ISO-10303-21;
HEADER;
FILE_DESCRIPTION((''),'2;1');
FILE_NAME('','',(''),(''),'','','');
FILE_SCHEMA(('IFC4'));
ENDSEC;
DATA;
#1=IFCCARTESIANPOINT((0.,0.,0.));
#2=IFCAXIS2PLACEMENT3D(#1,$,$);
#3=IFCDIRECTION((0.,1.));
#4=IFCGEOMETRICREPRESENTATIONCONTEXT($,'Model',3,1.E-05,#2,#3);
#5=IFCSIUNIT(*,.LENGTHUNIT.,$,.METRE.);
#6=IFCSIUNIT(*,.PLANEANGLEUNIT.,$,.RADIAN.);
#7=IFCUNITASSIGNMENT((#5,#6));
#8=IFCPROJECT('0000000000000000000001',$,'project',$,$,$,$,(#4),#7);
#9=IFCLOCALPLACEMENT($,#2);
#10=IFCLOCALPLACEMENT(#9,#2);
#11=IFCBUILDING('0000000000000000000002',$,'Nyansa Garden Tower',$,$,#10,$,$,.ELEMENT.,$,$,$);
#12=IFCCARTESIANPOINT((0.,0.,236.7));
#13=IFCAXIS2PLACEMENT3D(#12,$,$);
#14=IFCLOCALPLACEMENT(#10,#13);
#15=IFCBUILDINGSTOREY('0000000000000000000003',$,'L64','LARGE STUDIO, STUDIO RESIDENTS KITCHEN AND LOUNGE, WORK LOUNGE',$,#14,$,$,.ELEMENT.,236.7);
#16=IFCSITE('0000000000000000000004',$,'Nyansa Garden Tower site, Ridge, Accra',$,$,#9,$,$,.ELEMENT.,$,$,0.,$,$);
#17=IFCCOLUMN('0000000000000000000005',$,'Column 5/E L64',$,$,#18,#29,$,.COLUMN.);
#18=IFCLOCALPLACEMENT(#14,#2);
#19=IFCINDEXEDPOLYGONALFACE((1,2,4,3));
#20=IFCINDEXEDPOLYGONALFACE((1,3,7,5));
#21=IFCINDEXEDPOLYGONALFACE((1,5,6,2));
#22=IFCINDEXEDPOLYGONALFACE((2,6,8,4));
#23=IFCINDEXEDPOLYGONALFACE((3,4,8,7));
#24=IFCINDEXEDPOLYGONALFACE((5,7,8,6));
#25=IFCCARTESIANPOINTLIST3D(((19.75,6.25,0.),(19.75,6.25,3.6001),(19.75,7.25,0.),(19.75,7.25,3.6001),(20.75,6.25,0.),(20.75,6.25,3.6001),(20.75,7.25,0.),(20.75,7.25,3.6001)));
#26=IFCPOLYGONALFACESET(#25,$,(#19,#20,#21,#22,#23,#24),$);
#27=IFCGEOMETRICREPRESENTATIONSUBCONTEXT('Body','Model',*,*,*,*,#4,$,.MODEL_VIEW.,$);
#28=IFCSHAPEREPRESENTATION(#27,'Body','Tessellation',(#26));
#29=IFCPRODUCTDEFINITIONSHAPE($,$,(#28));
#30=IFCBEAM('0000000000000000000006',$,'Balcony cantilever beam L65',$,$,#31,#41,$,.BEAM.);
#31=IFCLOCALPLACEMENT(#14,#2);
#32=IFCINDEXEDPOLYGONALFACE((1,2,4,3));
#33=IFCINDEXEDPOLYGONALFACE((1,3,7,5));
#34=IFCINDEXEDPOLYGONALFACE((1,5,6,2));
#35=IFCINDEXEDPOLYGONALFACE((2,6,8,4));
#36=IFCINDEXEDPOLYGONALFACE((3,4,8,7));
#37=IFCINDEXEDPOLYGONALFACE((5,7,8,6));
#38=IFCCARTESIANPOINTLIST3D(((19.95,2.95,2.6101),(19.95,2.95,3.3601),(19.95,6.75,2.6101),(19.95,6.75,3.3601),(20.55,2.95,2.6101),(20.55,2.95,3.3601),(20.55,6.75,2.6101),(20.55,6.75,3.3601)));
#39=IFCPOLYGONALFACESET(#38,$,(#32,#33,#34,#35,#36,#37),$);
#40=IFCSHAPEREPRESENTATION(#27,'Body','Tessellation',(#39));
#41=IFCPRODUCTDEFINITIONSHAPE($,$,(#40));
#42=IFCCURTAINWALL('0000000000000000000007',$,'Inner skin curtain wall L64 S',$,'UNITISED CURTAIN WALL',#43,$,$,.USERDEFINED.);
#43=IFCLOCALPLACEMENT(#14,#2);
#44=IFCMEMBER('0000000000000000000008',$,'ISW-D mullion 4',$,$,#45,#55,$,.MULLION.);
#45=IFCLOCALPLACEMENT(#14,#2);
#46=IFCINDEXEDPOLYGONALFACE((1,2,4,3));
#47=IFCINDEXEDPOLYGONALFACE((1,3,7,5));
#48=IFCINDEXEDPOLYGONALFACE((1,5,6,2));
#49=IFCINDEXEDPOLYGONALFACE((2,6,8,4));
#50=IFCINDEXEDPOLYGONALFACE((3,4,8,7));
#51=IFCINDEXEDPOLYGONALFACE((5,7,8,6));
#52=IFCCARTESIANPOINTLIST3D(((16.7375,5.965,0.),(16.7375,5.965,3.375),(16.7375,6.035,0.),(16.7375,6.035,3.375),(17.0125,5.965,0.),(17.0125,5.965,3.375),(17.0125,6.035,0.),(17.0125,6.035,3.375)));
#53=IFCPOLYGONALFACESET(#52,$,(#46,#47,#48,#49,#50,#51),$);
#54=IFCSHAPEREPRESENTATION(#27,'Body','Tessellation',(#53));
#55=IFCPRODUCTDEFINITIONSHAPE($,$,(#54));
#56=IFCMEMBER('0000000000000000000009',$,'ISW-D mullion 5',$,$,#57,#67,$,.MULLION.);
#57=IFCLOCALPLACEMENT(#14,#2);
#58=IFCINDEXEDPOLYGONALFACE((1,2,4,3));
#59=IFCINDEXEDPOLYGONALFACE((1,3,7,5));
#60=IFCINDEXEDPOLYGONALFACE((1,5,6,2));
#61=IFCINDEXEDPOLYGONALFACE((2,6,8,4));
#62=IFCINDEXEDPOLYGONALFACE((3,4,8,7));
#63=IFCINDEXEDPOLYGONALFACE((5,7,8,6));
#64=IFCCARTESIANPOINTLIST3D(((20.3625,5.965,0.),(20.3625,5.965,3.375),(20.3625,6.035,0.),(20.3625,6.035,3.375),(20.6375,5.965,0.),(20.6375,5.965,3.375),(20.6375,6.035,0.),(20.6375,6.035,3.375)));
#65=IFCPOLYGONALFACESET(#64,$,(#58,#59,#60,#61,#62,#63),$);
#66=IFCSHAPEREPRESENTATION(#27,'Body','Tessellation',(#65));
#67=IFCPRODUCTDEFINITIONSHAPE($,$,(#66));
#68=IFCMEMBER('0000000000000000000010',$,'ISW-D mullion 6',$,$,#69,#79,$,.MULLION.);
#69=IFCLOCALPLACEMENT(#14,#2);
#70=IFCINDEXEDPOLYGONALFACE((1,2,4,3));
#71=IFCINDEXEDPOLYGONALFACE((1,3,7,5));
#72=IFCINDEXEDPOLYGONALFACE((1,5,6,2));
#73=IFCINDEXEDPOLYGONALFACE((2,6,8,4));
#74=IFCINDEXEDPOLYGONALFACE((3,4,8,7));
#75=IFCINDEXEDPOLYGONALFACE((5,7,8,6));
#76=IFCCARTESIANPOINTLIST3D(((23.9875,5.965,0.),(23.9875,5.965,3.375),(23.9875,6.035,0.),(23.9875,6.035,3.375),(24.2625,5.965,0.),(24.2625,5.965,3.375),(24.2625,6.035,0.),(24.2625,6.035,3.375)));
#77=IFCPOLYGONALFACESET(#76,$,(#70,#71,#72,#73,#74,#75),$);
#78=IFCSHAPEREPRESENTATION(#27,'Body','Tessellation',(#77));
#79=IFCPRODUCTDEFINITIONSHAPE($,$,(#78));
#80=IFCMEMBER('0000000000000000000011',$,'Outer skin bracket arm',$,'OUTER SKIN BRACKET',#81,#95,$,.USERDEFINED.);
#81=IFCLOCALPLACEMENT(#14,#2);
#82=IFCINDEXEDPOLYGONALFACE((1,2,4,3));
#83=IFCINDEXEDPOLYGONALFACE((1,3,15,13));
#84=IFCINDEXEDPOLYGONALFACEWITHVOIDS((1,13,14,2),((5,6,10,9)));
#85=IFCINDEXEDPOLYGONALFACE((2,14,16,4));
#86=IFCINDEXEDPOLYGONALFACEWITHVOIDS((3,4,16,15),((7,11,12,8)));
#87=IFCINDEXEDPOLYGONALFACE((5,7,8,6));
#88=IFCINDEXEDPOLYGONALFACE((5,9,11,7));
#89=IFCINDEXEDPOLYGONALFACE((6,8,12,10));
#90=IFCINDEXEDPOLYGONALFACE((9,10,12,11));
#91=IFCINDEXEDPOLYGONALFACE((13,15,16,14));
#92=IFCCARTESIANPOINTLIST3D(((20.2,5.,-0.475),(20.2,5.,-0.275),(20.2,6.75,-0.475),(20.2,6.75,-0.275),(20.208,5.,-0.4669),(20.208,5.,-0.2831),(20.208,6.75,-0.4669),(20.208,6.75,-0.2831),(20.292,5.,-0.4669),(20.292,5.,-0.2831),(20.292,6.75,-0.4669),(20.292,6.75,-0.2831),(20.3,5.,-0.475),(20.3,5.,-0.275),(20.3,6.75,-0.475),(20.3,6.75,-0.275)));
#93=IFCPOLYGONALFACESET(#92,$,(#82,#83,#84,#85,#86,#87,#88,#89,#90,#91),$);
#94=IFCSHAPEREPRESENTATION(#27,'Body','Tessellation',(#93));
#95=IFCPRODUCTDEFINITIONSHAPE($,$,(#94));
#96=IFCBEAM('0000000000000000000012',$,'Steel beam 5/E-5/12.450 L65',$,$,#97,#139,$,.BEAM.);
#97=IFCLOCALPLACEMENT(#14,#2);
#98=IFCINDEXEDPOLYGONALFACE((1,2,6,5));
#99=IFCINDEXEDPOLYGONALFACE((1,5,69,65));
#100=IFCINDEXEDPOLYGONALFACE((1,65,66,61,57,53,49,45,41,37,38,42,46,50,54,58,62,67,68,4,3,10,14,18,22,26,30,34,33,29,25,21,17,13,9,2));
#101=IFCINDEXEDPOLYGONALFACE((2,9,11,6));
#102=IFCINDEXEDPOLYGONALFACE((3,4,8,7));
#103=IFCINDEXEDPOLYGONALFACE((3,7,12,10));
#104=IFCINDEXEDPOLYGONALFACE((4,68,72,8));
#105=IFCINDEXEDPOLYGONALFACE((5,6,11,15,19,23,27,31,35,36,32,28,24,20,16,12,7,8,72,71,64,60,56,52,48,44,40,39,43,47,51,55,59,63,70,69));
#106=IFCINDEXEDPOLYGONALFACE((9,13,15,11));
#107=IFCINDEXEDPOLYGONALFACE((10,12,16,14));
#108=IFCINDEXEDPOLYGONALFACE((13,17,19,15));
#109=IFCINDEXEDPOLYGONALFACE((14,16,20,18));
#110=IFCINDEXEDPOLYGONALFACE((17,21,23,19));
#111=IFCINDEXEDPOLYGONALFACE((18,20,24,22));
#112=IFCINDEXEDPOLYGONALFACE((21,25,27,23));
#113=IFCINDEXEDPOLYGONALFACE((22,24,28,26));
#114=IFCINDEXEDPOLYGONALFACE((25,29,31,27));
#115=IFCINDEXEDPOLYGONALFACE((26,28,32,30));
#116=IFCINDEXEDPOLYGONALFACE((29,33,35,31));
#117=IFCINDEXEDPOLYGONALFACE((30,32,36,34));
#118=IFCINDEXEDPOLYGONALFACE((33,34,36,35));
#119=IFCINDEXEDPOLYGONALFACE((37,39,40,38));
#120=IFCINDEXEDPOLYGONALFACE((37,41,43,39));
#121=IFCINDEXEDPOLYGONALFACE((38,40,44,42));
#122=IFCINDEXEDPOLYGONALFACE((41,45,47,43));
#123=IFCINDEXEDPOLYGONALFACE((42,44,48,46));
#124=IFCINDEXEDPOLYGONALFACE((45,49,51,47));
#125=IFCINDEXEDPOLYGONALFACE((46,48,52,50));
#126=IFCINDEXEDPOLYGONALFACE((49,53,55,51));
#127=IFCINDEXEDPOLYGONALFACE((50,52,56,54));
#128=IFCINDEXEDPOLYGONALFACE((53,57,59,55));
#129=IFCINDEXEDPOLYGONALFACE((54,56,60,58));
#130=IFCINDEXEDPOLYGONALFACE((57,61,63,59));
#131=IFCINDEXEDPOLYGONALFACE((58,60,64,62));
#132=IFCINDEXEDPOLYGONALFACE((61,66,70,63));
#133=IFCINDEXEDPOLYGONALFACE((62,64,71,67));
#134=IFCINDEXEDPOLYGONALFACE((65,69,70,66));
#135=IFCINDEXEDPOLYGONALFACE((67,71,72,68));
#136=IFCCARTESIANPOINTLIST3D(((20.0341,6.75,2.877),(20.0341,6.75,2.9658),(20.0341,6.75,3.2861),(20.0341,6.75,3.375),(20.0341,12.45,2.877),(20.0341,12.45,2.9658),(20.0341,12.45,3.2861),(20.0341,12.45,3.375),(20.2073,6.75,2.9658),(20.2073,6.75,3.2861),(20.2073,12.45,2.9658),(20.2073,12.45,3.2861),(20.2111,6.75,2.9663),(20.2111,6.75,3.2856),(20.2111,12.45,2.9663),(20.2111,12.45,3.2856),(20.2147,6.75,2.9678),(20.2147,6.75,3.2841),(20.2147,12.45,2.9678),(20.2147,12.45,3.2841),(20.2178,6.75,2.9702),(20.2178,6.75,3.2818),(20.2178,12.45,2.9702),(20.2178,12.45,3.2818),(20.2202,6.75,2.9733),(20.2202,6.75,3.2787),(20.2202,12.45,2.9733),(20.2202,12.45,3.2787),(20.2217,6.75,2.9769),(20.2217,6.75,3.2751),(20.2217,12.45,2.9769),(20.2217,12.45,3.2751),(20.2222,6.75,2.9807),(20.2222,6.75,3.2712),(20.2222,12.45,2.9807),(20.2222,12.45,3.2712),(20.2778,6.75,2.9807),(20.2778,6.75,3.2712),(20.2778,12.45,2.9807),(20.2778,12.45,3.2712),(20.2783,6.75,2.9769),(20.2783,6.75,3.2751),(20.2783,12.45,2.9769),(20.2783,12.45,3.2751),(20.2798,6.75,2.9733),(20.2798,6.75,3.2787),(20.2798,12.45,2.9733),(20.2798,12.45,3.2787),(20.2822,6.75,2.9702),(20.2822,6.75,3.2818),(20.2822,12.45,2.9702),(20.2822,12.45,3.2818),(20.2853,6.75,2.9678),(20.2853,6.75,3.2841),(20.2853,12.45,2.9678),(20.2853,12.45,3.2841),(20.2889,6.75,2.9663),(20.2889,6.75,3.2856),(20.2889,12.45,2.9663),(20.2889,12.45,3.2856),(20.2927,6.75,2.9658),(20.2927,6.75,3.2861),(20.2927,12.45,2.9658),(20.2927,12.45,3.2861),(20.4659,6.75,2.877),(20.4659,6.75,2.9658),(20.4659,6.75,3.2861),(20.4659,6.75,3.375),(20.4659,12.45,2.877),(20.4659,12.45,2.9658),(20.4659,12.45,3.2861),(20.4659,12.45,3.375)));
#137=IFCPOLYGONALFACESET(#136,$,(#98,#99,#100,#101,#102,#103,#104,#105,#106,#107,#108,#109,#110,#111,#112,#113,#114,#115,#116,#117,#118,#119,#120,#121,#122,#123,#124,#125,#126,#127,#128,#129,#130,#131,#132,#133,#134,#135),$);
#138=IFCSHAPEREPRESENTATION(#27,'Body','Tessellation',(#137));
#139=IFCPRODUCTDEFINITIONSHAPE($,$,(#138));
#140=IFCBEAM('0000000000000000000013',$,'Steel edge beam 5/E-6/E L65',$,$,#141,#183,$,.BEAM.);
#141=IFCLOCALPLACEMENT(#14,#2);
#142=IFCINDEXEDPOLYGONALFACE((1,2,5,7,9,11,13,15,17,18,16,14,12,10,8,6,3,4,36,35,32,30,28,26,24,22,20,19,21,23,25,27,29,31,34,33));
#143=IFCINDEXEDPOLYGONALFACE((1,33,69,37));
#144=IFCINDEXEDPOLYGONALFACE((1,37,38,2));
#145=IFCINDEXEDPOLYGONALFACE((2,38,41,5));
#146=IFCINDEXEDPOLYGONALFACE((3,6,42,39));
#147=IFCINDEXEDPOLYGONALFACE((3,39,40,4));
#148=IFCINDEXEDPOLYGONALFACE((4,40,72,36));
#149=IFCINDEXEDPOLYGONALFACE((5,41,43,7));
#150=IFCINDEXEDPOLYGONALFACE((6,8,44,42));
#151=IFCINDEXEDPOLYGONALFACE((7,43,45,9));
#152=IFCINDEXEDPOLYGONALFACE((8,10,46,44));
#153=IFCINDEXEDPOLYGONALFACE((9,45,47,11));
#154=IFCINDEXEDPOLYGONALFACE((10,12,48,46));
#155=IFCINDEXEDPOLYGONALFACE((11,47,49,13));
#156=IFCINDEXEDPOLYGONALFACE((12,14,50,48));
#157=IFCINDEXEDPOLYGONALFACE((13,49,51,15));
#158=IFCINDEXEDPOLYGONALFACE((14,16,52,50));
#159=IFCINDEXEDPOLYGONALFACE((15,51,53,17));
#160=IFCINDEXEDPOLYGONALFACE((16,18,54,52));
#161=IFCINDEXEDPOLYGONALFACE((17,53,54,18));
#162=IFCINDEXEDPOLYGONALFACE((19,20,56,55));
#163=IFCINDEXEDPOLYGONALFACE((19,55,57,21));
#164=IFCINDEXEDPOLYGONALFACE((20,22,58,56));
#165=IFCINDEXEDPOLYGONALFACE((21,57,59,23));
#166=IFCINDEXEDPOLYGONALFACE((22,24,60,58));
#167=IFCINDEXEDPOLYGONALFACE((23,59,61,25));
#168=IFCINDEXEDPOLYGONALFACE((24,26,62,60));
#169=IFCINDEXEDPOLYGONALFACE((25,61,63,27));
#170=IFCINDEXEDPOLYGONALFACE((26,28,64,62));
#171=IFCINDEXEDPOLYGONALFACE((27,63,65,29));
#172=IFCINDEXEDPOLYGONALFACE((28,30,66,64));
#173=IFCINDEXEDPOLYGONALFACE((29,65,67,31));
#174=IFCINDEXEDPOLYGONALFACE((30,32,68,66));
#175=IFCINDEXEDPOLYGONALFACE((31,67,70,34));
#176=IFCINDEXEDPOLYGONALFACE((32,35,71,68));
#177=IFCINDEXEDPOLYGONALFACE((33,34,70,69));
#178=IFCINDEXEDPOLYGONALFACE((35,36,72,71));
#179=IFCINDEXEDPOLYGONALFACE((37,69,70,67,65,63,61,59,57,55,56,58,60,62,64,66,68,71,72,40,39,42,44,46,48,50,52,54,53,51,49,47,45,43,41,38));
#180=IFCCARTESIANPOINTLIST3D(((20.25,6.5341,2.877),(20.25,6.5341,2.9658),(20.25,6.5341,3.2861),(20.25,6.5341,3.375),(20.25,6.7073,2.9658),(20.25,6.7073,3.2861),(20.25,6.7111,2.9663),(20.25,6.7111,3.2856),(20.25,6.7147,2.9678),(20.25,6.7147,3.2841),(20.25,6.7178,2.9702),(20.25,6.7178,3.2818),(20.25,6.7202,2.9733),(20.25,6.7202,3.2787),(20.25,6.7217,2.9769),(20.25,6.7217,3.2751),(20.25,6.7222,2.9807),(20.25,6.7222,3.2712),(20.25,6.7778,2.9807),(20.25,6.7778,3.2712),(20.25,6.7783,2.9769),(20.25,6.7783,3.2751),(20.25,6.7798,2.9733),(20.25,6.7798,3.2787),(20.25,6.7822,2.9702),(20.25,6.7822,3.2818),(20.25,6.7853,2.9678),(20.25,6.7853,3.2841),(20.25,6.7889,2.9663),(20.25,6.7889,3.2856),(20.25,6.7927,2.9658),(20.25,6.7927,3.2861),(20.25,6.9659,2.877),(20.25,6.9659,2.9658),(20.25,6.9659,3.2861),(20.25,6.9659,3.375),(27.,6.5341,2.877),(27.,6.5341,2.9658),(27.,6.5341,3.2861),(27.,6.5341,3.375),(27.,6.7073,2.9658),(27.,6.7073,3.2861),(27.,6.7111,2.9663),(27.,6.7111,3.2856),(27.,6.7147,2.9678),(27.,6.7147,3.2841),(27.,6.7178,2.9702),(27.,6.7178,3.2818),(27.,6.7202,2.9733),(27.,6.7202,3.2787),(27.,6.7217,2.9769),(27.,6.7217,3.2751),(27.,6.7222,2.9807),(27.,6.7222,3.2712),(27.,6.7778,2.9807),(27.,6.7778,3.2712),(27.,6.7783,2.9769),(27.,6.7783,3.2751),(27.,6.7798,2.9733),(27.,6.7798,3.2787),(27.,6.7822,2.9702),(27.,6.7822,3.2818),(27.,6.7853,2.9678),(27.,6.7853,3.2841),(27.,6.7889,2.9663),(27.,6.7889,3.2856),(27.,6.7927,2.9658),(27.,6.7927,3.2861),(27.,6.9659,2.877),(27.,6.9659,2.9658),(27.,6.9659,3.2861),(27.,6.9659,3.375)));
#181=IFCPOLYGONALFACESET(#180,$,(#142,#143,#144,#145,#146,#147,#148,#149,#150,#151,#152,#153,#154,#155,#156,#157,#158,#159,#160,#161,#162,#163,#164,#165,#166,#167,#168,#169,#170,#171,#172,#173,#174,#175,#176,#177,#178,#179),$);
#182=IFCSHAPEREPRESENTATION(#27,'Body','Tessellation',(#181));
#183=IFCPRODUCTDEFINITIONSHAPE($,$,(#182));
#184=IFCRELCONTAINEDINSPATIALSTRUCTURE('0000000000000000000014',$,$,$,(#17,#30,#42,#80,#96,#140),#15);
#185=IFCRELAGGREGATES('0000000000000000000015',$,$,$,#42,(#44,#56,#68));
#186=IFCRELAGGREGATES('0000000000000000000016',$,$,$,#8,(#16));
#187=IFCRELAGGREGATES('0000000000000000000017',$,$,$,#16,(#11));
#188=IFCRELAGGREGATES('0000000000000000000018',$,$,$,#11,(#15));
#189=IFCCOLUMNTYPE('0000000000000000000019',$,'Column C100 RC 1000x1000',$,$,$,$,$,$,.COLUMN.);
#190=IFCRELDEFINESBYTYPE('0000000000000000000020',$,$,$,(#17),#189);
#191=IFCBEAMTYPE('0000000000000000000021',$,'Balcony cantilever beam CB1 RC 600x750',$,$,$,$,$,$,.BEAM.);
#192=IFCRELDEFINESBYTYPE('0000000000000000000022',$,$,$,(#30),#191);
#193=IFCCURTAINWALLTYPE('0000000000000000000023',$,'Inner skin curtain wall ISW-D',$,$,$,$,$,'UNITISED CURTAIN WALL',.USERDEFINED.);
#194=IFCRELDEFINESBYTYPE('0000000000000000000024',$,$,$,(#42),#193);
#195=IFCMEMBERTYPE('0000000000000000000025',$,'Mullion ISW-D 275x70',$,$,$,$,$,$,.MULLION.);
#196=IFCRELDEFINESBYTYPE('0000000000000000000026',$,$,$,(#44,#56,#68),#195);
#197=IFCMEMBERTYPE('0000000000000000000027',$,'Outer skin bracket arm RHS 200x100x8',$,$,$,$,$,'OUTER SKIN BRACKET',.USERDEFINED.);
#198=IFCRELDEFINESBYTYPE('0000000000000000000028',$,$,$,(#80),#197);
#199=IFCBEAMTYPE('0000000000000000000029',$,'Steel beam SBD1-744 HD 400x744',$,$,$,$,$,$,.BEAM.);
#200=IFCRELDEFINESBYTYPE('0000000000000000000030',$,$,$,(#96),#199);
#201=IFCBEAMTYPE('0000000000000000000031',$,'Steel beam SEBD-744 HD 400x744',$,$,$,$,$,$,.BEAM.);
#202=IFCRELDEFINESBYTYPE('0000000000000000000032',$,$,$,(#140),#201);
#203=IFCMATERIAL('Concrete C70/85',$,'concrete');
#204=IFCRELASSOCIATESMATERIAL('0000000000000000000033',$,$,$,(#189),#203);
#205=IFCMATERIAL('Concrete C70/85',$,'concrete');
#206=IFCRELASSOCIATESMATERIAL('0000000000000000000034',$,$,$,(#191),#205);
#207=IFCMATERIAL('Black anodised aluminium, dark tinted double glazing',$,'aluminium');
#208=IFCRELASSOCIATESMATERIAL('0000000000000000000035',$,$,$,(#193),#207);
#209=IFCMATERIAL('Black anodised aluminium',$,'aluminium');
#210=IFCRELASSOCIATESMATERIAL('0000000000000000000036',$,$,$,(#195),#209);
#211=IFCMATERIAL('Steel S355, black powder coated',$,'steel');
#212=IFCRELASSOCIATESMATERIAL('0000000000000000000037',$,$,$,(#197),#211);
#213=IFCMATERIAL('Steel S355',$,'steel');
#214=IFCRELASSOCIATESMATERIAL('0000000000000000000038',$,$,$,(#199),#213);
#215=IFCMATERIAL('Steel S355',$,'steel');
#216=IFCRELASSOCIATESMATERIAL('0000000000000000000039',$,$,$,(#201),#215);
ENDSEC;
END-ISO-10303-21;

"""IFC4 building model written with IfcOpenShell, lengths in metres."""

from ifc_helpers import new_model, si_unit, direction, frame, origin, origin_2d, place, context, subcontext, project, spatial, rectangle, hollow_rectangle, i_section, extrude, material, material_profile, profile_set, type_object, element, aggregate, save


model = new_model("IFC4")

# Units and contexts
model_context = context("Model", 3, precision=1e-05, world=origin(), true_north=direction((0.0, 1.0)))
body_context = subcontext(model_context, "Body", "Model", "MODEL_VIEW")
ifc_project = project(units=[si_unit("LENGTHUNIT", "METRE"), si_unit("PLANEANGLEUNIT", "RADIAN")], contexts=[model_context])

# Site, building, storey
site_placement = place(None, origin())
site = spatial("IfcSite", under=ifc_project, at=site_placement, Name="Nyansa Garden Tower site, Ridge, Accra", CompositionType="ELEMENT", RefElevation=0.0)
building_placement = place(site_placement, origin())
building = spatial("IfcBuilding", under=site, at=building_placement, Name="Nyansa Garden Tower", CompositionType="ELEMENT")
storey_placement = place(building_placement, frame((0.0, 0.0, 236.7)))
storey = spatial("IfcBuildingStorey", under=building, at=storey_placement, Name="L64", Description="LARGE STUDIO, STUDIO RESIDENTS KITCHEN AND LOUNGE, WORK LOUNGE", CompositionType="ELEMENT", Elevation=236.7)

# Column
ifc_material_1 = material(Name="Concrete C70/85", Category="concrete")
ifc_material_profile_1 = material_profile(ifc_material_1, rectangle(XDim=1.0, YDim=1.0, at=origin_2d()), Name="RC 1000x1000")
ifc_profile_set_1 = profile_set([ifc_material_profile_1], Name="Concrete C70/85")
column_type = type_object("IfcColumnType", Name="Column C100 RC 1000x1000", PredefinedType="COLUMN", material=ifc_profile_set_1)
column_placement = place(storey_placement, frame((20.25, 6.75, 0.0), z_axis=(0.0, 0.0, 1.0), x_axis=(1.0, 0.0, 0.0)))
element("IfcColumn", 1, at=column_placement, inside=storey, type_object=column_type, Name="Column 5/E L64", PredefinedType="COLUMN", context=body_context, shape_type="SweptSolid", body=[
    extrude(rectangle(XDim=1.0, YDim=1.0, at=origin_2d()), origin(), (0.0, 0.0, 1.0), 3.6001),
])

# Beam
ifc_material_2 = material(Name="Concrete C70/85", Category="concrete")
ifc_material_profile_2 = material_profile(ifc_material_2, rectangle(XDim=0.6001, YDim=0.75, at=origin_2d()), Name="RC 600x750")
ifc_profile_set_2 = profile_set([ifc_material_profile_2], Name="Concrete C70/85")
beam_type_1 = type_object("IfcBeamType", Name="Balcony cantilever beam CB1 RC 600x750", PredefinedType="BEAM", material=ifc_profile_set_2)
beam_1_placement = place(storey_placement, frame((20.25, 6.75, 2.9851), z_axis=(0.0, -1.0, 0.0), x_axis=(1.0, 0.0, 0.0)))
element("IfcBeam", 2, at=beam_1_placement, inside=storey, type_object=beam_type_1, Name="Balcony cantilever beam L65", PredefinedType="BEAM", context=body_context, shape_type="SweptSolid", body=[
    extrude(rectangle(XDim=0.6001, YDim=0.75, at=origin_2d()), origin(), (0.0, 0.0, 1.0), 3.8),
])

# Curtain wall, members
ifc_material_3 = material(Name="Black anodised aluminium, dark tinted double glazing", Category="aluminium")
curtain_wall_type = type_object("IfcCurtainWallType", Name="Inner skin curtain wall ISW-D", ElementType="UNITISED CURTAIN WALL", PredefinedType="USERDEFINED", material=ifc_material_3)
curtain_wall_placement = place(storey_placement, origin())
curtain_wall = element("IfcCurtainWall", 3, at=curtain_wall_placement, inside=storey, type_object=curtain_wall_type, Name="Inner skin curtain wall L64 S", ObjectType="UNITISED CURTAIN WALL", PredefinedType="USERDEFINED")
ifc_material_4 = material(Name="Black anodised aluminium", Category="aluminium")
ifc_material_profile_3 = material_profile(ifc_material_4, rectangle(XDim=0.0701, YDim=0.2749, at=origin_2d()), Name="Mullion 275x70")
ifc_profile_set_3 = profile_set([ifc_material_profile_3], Name="Black anodised aluminium")
member_type_1 = type_object("IfcMemberType", Name="Mullion ISW-D 275x70", PredefinedType="MULLION", material=ifc_profile_set_3)
member_1_placement = place(storey_placement, frame((16.875, 6.0, 0.0), z_axis=(0.0, 0.0, 1.0), x_axis=(0.0, 1.0, 0.0)))
member_1 = element("IfcMember", 4, at=member_1_placement, type_object=member_type_1, Name="ISW-D mullion 4", PredefinedType="MULLION", context=body_context, shape_type="SweptSolid", body=[
    extrude(rectangle(XDim=0.0701, YDim=0.2749, at=origin_2d()), origin(), (0.0, 0.0, 1.0), 3.375),
])
member_2_placement = place(storey_placement, frame((20.5, 6.0, 0.0), z_axis=(0.0, 0.0, 1.0), x_axis=(0.0, 1.0, 0.0)))
member_2 = element("IfcMember", 5, at=member_2_placement, type_object=member_type_1, Name="ISW-D mullion 5", PredefinedType="MULLION", context=body_context, shape_type="SweptSolid", body=[
    extrude(rectangle(XDim=0.0701, YDim=0.2749, at=origin_2d()), origin(), (0.0, 0.0, 1.0), 3.375),
])
member_3_placement = place(storey_placement, frame((24.125, 6.0, 0.0), z_axis=(0.0, 0.0, 1.0), x_axis=(0.0, 1.0, 0.0)))
member_3 = element("IfcMember", 6, at=member_3_placement, type_object=member_type_1, Name="ISW-D mullion 6", PredefinedType="MULLION", context=body_context, shape_type="SweptSolid", body=[
    extrude(rectangle(XDim=0.0701, YDim=0.2749, at=origin_2d()), origin(), (0.0, 0.0, 1.0), 3.375),
])

# Member
ifc_material_5 = material(Name="Steel S355, black powder coated", Category="steel")
ifc_material_profile_4 = material_profile(ifc_material_5, hollow_rectangle(XDim=0.1001, YDim=0.2, WallThickness=0.0081, at=origin_2d()), Name="RHS 200x100x8")
ifc_profile_set_4 = profile_set([ifc_material_profile_4], Name="Steel S355, black powder coated")
member_type_2 = type_object("IfcMemberType", Name="Outer skin bracket arm RHS 200x100x8", ElementType="OUTER SKIN BRACKET", PredefinedType="USERDEFINED", material=ifc_profile_set_4)
member_4_placement = place(storey_placement, frame((20.25, 6.75, -0.375), z_axis=(0.0, -1.0, 0.0), x_axis=(1.0, 0.0, 0.0)))
element("IfcMember", 7, at=member_4_placement, inside=storey, type_object=member_type_2, Name="Outer skin bracket arm", ObjectType="OUTER SKIN BRACKET", PredefinedType="USERDEFINED", context=body_context, shape_type="SweptSolid", body=[
    extrude(hollow_rectangle(XDim=0.1001, YDim=0.2, WallThickness=0.0081, at=origin_2d()), origin(), (0.0, 0.0, 1.0), 1.75),
])

# Beams
ifc_material_6 = material(Name="Steel S355", Category="steel")
ifc_material_profile_5 = material_profile(ifc_material_6, i_section(OverallWidth=0.4319, OverallDepth=0.498, WebThickness=0.0557, FlangeThickness=0.0889, FilletRadius=0.0149, at=origin_2d()), Name="HD 400x744")
ifc_profile_set_5 = profile_set([ifc_material_profile_5], Name="Steel S355")
beam_type_2 = type_object("IfcBeamType", Name="Steel beam SBD1-744 HD 400x744", PredefinedType="BEAM", material=ifc_profile_set_5)
beam_2_placement = place(storey_placement, frame((20.25, 6.75, 3.126), z_axis=(0.0, 1.0, 0.0), x_axis=(-1.0, 0.0, 0.0)))
element("IfcBeam", 8, at=beam_2_placement, inside=storey, type_object=beam_type_2, Name="Steel beam 5/E-5/12.450 L65", PredefinedType="BEAM", context=body_context, shape_type="SweptSolid", body=[
    extrude(i_section(OverallWidth=0.4319, OverallDepth=0.498, WebThickness=0.0557, FlangeThickness=0.0889, FilletRadius=0.0149, at=origin_2d()), origin(), (0.0, 0.0, 1.0), 5.7),
])
ifc_material_7 = material(Name="Steel S355", Category="steel")
ifc_material_profile_6 = material_profile(ifc_material_7, i_section(OverallWidth=0.4319, OverallDepth=0.498, WebThickness=0.0557, FlangeThickness=0.0889, FilletRadius=0.0149, at=origin_2d()), Name="HD 400x744")
ifc_profile_set_6 = profile_set([ifc_material_profile_6], Name="Steel S355")
beam_type_3 = type_object("IfcBeamType", Name="Steel beam SEBD-744 HD 400x744", PredefinedType="BEAM", material=ifc_profile_set_6)
beam_3_placement = place(storey_placement, frame((20.25, 6.75, 3.126), z_axis=(1.0, 0.0, 0.0), x_axis=(0.0, 1.0, 0.0)))
element("IfcBeam", 9, at=beam_3_placement, inside=storey, type_object=beam_type_3, Name="Steel edge beam 5/E-6/E L65", PredefinedType="BEAM", context=body_context, shape_type="SweptSolid", body=[
    extrude(i_section(OverallWidth=0.4319, OverallDepth=0.498, WebThickness=0.0557, FlangeThickness=0.0889, FilletRadius=0.0149, at=origin_2d()), origin(), (0.0, 0.0, 1.0), 6.75),
])

aggregate(curtain_wall, [member_1, member_2, member_3])

save(model, "model.ifc")
